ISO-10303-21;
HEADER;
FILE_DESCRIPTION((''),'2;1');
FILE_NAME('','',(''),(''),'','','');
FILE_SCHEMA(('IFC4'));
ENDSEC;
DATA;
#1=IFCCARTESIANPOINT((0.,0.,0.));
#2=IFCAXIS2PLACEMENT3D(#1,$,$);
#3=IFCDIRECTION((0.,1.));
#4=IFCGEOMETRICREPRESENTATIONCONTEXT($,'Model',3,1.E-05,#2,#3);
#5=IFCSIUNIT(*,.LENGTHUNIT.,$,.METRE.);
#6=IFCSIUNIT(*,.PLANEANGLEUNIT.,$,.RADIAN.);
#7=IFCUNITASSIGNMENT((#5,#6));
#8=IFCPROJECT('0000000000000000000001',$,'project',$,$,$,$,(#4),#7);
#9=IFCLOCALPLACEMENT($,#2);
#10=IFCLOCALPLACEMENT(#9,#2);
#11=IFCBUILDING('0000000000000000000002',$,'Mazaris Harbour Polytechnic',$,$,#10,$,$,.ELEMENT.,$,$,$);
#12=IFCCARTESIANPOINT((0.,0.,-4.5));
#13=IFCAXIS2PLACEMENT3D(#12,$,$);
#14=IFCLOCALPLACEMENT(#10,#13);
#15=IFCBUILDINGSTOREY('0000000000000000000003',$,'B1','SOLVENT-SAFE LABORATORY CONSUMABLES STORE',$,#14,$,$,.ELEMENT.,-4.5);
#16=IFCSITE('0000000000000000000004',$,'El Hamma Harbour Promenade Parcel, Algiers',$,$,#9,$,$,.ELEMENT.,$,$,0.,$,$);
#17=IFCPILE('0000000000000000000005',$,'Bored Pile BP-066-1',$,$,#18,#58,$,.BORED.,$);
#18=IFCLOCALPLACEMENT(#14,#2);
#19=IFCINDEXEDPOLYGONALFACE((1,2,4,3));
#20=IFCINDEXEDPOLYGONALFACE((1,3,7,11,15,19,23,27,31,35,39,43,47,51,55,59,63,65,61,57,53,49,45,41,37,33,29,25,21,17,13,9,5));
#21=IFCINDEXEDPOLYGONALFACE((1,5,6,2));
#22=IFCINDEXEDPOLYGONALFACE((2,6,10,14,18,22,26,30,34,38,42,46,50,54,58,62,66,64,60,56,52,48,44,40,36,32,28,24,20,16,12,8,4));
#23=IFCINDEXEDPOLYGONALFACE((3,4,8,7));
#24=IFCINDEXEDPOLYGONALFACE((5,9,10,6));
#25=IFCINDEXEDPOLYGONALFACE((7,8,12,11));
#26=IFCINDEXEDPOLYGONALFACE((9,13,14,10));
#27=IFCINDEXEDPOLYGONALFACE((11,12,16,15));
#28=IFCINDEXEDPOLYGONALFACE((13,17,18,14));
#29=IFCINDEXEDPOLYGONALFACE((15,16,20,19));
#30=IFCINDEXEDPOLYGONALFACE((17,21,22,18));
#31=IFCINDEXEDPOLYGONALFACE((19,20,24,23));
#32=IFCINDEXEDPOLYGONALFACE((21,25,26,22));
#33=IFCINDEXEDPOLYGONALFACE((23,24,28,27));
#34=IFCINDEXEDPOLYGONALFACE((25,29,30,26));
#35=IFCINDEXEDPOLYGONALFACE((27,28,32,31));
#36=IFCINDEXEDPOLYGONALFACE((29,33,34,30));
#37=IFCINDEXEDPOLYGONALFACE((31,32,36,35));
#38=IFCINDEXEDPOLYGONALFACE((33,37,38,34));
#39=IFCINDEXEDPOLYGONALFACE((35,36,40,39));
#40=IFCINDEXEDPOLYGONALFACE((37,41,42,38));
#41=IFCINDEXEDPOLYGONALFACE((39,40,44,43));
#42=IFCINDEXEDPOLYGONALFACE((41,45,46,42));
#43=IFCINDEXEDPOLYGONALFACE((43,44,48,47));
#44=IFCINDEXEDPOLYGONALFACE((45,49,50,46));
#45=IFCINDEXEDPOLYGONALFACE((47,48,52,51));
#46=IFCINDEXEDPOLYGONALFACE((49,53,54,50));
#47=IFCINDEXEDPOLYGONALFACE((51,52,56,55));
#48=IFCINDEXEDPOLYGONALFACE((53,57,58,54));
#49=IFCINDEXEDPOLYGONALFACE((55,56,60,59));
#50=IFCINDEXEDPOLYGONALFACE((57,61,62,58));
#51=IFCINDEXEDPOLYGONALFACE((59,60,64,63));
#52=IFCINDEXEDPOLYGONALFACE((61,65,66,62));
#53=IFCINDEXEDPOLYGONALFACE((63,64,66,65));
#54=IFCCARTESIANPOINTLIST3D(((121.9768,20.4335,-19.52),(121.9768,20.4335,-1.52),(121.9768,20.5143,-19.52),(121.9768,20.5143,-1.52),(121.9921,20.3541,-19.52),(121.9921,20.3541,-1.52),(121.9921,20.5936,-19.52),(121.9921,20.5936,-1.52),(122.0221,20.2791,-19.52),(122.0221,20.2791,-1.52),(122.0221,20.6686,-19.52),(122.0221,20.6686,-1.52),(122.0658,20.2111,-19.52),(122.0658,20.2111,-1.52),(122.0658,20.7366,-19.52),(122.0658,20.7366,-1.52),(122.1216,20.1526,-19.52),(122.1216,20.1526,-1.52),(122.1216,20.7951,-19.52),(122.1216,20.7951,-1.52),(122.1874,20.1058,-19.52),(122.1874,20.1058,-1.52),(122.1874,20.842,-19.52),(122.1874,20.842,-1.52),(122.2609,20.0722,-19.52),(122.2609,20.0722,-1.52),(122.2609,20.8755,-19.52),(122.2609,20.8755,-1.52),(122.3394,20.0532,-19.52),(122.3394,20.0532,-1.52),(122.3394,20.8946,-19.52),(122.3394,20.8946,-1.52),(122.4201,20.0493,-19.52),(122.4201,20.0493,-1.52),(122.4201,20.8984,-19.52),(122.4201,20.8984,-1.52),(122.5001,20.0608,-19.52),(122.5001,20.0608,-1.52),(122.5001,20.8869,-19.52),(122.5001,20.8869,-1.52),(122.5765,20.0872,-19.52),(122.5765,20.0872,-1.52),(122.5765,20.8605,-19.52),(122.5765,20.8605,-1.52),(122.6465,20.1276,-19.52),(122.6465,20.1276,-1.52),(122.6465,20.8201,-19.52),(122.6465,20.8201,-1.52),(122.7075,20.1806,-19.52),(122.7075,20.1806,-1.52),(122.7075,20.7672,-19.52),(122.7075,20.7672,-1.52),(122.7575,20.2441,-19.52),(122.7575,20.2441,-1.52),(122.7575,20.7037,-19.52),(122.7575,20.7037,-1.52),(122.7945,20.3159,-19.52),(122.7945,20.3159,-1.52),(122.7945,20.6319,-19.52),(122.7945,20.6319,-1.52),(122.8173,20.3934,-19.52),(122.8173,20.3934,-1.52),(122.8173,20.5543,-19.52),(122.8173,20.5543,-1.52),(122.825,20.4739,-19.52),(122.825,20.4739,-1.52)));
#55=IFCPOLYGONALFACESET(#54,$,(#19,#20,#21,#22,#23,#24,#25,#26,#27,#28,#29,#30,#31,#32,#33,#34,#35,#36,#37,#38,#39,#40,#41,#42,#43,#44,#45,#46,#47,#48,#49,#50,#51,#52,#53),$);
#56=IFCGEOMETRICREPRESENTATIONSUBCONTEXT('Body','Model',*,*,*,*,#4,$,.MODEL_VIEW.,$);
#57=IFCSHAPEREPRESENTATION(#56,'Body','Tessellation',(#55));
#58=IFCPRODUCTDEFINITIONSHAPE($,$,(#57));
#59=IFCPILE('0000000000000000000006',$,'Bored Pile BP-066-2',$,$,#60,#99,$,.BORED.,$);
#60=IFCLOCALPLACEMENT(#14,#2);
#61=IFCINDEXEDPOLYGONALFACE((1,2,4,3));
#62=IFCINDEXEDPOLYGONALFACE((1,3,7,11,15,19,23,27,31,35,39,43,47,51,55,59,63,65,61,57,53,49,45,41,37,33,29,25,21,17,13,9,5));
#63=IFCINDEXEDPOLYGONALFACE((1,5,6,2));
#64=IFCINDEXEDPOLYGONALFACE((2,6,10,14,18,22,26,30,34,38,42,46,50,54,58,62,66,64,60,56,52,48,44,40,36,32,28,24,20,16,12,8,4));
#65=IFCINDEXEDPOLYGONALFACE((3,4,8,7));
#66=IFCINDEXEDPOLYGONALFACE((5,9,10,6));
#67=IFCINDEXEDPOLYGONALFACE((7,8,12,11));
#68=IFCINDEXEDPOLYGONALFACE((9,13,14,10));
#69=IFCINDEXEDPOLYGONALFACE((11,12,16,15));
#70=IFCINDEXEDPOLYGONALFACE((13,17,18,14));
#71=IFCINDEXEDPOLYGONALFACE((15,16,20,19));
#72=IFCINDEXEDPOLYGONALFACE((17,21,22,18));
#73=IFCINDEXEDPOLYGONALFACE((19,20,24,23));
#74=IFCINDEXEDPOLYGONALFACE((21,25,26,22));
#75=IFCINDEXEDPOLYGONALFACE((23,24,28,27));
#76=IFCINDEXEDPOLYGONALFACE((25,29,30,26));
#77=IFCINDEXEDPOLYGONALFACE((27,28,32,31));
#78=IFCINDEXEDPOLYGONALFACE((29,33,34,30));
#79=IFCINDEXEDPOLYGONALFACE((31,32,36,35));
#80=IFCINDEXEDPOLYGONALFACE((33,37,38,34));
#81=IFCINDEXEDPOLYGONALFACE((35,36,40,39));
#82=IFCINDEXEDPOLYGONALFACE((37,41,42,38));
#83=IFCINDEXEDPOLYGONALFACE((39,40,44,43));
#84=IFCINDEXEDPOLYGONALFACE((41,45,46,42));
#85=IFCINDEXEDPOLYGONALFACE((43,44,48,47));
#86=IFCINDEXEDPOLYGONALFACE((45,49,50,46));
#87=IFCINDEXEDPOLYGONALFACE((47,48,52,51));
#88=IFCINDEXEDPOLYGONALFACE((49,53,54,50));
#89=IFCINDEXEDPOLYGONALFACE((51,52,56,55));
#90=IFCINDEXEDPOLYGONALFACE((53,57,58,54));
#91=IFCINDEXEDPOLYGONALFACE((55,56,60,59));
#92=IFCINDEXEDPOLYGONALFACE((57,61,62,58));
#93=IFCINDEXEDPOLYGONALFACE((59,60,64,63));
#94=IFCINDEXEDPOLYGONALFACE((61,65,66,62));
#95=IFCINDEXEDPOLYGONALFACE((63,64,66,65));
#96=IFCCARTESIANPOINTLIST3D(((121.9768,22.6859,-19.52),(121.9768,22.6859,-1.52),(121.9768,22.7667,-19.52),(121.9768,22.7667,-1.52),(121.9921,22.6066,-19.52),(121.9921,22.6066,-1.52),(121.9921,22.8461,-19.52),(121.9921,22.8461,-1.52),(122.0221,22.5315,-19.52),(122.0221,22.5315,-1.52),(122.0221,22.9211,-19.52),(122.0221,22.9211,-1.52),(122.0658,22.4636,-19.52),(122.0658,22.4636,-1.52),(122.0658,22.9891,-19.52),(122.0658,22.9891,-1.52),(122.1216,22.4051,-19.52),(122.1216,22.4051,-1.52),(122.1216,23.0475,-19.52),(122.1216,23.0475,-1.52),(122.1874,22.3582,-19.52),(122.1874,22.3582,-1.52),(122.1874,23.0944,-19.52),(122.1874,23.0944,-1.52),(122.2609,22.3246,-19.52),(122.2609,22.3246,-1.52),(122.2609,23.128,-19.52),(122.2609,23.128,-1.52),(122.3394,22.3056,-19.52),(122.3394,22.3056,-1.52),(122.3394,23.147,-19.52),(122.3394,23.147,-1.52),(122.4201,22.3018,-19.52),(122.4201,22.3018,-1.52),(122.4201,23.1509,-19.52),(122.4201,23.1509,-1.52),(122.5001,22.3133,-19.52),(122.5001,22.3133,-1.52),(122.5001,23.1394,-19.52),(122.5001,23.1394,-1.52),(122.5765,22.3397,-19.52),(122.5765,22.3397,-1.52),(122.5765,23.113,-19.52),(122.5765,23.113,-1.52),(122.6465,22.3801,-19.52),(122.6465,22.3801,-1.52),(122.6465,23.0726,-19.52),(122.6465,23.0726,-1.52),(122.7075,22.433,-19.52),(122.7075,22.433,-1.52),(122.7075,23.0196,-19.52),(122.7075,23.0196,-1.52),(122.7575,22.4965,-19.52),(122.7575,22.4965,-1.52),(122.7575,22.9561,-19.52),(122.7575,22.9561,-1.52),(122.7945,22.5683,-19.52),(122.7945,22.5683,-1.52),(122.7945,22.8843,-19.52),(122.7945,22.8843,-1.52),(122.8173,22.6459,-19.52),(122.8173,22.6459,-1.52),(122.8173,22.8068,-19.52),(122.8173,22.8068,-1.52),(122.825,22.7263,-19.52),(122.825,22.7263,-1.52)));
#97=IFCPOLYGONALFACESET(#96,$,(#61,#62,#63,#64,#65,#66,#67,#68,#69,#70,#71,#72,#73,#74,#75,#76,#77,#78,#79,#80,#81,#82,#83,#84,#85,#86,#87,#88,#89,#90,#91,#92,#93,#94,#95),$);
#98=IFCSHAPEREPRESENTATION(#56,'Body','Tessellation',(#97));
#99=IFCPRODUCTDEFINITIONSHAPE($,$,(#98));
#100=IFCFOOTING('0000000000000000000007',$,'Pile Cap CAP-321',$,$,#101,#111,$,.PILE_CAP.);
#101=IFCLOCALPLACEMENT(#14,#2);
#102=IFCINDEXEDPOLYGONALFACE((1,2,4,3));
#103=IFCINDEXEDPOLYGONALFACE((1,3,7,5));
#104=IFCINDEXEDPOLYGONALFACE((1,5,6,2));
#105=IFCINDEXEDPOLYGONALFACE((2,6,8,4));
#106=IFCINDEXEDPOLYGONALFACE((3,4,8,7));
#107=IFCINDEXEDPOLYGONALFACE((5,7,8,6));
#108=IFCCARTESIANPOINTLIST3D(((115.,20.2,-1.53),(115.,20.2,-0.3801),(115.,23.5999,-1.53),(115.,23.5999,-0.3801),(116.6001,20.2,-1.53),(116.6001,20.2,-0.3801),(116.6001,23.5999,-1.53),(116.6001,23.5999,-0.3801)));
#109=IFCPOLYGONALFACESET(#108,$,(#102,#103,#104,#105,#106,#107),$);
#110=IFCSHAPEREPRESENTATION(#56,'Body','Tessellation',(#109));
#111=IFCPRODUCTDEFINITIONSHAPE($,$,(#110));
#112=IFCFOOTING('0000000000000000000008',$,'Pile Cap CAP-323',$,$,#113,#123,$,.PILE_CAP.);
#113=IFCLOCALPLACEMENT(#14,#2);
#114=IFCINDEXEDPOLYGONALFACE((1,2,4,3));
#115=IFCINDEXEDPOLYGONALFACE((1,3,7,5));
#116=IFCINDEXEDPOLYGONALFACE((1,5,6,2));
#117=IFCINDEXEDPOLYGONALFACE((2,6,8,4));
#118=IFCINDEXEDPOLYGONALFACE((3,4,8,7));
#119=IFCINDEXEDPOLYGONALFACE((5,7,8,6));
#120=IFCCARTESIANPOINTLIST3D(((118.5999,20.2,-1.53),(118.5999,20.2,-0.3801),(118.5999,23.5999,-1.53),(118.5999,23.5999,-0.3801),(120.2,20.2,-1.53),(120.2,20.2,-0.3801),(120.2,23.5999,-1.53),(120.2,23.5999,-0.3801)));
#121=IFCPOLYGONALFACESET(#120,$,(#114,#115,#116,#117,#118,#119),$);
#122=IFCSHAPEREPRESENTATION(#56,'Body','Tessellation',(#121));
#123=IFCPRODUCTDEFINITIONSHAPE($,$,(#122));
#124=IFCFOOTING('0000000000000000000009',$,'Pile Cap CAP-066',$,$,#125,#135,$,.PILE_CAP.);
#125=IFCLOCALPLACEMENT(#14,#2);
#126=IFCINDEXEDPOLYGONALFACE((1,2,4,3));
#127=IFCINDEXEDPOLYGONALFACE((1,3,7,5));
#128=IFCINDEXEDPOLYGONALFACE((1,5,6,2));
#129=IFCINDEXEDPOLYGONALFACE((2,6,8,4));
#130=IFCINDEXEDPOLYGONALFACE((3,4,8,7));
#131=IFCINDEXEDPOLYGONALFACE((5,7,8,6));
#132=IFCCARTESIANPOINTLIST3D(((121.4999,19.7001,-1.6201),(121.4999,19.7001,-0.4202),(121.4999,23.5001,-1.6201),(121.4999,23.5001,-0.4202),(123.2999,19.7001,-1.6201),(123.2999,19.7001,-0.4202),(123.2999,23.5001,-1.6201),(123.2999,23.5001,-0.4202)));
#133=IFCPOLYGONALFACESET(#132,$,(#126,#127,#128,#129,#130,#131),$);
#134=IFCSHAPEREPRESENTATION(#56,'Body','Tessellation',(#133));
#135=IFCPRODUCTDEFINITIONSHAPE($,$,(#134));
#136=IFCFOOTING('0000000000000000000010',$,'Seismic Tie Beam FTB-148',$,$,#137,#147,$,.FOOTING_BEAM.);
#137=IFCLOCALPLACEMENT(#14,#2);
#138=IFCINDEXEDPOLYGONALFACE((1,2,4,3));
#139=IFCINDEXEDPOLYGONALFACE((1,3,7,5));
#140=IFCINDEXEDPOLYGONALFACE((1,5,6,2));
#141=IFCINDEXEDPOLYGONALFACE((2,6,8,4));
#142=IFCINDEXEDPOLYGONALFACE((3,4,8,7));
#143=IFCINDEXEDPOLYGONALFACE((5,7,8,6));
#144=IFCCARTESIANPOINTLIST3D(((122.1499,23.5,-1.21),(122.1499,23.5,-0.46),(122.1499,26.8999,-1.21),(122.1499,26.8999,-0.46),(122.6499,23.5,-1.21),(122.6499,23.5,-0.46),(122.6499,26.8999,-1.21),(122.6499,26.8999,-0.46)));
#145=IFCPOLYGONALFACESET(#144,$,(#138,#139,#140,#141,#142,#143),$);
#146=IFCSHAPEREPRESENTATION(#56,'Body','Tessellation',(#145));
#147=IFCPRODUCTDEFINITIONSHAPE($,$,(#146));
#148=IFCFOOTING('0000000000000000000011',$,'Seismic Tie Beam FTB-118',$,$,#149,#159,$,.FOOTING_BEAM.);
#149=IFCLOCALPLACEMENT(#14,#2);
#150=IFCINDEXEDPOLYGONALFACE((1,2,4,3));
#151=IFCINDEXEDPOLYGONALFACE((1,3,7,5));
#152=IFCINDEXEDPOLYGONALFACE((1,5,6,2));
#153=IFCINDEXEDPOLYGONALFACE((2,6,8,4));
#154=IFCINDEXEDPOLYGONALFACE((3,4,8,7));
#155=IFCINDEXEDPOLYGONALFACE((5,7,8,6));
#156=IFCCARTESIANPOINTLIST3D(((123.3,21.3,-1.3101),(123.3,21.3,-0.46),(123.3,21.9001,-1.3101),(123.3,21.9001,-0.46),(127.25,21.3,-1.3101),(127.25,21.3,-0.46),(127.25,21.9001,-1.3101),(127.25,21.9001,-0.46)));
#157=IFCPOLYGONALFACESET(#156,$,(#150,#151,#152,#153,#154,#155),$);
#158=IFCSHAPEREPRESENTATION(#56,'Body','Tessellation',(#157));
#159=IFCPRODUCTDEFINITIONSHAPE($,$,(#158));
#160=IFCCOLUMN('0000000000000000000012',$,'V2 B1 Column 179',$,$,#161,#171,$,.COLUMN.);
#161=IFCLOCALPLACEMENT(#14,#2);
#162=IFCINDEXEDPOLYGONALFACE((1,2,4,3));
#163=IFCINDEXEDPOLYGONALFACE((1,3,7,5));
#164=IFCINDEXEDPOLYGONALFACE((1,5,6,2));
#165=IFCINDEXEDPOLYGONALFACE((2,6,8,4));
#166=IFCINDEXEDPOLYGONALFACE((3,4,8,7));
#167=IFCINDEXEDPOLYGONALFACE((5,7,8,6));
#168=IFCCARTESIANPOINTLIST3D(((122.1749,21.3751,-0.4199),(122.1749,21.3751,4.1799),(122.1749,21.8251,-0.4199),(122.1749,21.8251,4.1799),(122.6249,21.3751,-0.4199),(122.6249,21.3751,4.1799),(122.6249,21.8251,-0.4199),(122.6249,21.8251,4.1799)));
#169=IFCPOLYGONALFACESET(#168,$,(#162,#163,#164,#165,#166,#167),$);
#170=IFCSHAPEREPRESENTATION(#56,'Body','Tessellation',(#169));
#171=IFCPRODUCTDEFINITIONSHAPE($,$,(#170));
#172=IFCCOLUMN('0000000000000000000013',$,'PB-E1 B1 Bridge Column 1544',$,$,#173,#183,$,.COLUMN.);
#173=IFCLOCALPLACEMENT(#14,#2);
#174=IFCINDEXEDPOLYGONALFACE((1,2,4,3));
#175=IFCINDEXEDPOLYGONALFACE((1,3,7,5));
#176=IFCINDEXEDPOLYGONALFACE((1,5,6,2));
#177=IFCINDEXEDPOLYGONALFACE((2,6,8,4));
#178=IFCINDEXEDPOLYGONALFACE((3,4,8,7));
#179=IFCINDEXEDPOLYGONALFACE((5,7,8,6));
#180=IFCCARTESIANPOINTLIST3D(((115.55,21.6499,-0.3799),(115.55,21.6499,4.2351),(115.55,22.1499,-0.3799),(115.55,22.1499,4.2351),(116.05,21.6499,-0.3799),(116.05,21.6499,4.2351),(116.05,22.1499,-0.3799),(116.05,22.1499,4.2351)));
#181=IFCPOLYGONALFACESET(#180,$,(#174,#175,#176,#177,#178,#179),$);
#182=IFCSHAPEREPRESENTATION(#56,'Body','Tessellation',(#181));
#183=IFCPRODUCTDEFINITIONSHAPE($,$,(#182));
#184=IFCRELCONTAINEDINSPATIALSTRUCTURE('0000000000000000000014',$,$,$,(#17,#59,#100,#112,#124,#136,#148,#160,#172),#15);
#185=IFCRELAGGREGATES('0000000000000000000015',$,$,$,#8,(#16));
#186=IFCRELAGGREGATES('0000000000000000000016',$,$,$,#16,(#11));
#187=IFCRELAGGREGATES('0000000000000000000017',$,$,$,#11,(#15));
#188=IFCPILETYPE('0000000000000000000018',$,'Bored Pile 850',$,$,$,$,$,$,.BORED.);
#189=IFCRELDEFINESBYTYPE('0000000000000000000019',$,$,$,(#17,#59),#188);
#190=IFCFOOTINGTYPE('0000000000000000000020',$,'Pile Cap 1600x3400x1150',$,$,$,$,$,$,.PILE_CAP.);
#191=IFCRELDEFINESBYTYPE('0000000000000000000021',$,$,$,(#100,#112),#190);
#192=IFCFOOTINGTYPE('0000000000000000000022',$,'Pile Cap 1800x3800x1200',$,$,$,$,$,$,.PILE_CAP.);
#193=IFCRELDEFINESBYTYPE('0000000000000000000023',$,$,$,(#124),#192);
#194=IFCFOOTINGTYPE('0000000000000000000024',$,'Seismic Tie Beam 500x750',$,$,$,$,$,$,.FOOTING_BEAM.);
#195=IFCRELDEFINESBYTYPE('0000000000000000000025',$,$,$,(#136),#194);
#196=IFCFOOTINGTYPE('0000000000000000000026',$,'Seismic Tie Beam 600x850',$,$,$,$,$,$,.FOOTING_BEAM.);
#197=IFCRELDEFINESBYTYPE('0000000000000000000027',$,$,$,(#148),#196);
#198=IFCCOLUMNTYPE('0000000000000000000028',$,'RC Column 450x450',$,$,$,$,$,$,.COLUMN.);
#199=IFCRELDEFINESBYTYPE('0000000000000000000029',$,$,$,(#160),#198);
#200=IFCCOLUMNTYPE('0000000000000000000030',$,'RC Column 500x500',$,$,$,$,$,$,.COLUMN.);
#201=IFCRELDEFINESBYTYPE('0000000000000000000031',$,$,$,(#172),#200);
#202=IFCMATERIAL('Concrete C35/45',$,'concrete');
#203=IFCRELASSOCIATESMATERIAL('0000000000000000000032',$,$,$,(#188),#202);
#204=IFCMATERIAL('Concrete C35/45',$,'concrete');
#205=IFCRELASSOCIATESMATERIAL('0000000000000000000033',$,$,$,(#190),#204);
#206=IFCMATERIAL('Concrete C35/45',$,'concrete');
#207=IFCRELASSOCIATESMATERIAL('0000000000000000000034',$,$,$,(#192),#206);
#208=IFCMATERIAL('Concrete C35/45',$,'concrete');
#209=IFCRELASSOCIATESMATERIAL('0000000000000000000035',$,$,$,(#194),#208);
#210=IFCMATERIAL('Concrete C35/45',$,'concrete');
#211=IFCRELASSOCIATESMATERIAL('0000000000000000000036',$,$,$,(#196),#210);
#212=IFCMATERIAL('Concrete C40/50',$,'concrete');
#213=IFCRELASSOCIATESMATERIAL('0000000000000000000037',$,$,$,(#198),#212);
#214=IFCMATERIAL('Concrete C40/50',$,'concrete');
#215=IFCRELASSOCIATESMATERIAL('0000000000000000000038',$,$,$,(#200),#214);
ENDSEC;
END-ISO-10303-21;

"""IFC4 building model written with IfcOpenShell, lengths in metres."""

from ifc_helpers import new_model, si_unit, direction, frame, origin, origin_2d, place, context, subcontext, project, spatial, rectangle, circle, extrude, material, material_profile, profile_set, type_object, element, save


model = new_model("IFC4")

# Units and contexts
model_context = context("Model", 3, precision=1e-05, world=origin(), true_north=direction((0.0, 1.0)))
body_context = subcontext(model_context, "Body", "Model", "MODEL_VIEW")
ifc_project = project(units=[si_unit("LENGTHUNIT", "METRE"), si_unit("PLANEANGLEUNIT", "RADIAN")], contexts=[model_context])

# Site, building, storey
site_placement = place(None, origin())
site = spatial("IfcSite", under=ifc_project, at=site_placement, Name="El Hamma Harbour Promenade Parcel, Algiers", CompositionType="ELEMENT", RefElevation=0.0)
building_placement = place(site_placement, origin())
building = spatial("IfcBuilding", under=site, at=building_placement, Name="Mazaris Harbour Polytechnic", CompositionType="ELEMENT")
storey_placement = place(building_placement, frame((0.0, 0.0, -4.5)))
storey = spatial("IfcBuildingStorey", under=building, at=storey_placement, Name="B1", Description="SOLVENT-SAFE LABORATORY CONSUMABLES STORE", CompositionType="ELEMENT", Elevation=-4.5)

# Piles
ifc_material_1 = material(Name="Concrete C35/45", Category="concrete")
ifc_material_profile_1 = material_profile(ifc_material_1, circle(Radius=0.425, at=origin_2d()), Name="DIA850")
ifc_profile_set_1 = profile_set([ifc_material_profile_1], Name="Concrete C35/45")
pile_type_1 = type_object("IfcPileType", Name="Bored Pile 850", PredefinedType="BORED", material=ifc_profile_set_1)
for number, where, z_axis, x_axis, name in (
    (1, (122.3999, 20.4739, -1.52), (0.0, 0.0, -1.0), (1.0, 0.0, 0.0), "Bored Pile BP-066-1"),
    (2, (122.3999, 22.7263, -1.52), (0.0, 0.0, -1.0), (1.0, 0.0, 0.0), "Bored Pile BP-066-2"),
):
    element("IfcPile", number, at=place(storey_placement, frame(where, z_axis=z_axis, x_axis=x_axis)), inside=storey, type_object=pile_type_1, Name=name, PredefinedType="BORED", context=body_context, shape_type="SweptSolid", body=[
        extrude(circle(Radius=0.425, at=origin_2d()), origin(), (0.0, 0.0, 1.0), 18.0),
    ])

# Footings
ifc_material_2 = material(Name="Concrete C35/45", Category="concrete")
footing_type_1 = type_object("IfcFootingType", Name="Pile Cap 1600x3400x1150", PredefinedType="PILE_CAP", material=ifc_material_2)
for number, where, z_axis, x_axis, name in (
    (3, (115.8, 21.8999, -1.53), (0.0, 0.0, 1.0), (1.0, 0.0, 0.0), "Pile Cap CAP-321"),
    (4, (119.3999, 21.8999, -1.53), (0.0, 0.0, 1.0), (1.0, 0.0, 0.0), "Pile Cap CAP-323"),
):
    element("IfcFooting", number, at=place(storey_placement, frame(where, z_axis=z_axis, x_axis=x_axis)), inside=storey, type_object=footing_type_1, Name=name, PredefinedType="PILE_CAP", context=body_context, shape_type="SweptSolid", body=[
        extrude(rectangle(XDim=1.6001, YDim=3.3999, at=origin_2d()), origin(), (0.0, 0.0, 1.0), 1.1499),
    ])
ifc_material_3 = material(Name="Concrete C35/45", Category="concrete")
footing_type_2 = type_object("IfcFootingType", Name="Pile Cap 1800x3800x1200", PredefinedType="PILE_CAP", material=ifc_material_3)
footing_1_placement = place(storey_placement, frame((122.3999, 21.6001, -1.6201), z_axis=(0.0, 0.0, 1.0), x_axis=(1.0, 0.0, 0.0)))
element("IfcFooting", 5, at=footing_1_placement, inside=storey, type_object=footing_type_2, Name="Pile Cap CAP-066", PredefinedType="PILE_CAP", context=body_context, shape_type="SweptSolid", body=[
    extrude(rectangle(XDim=1.8, YDim=3.8, at=origin_2d()), origin(), (0.0, 0.0, 1.0), 1.2),
])
ifc_material_4 = material(Name="Concrete C35/45", Category="concrete")
ifc_material_profile_2 = material_profile(ifc_material_4, rectangle(XDim=0.5, YDim=0.75, at=origin_2d()), Name="RECT500x750")
ifc_profile_set_2 = profile_set([ifc_material_profile_2], Name="Concrete C35/45")
footing_type_3 = type_object("IfcFootingType", Name="Seismic Tie Beam 500x750", PredefinedType="FOOTING_BEAM", material=ifc_profile_set_2)
footing_2_placement = place(storey_placement, frame((122.3999, 23.5, -0.835), z_axis=(0.0, 1.0, 0.0), x_axis=(-1.0, 0.0, 0.0)))
element("IfcFooting", 6, at=footing_2_placement, inside=storey, type_object=footing_type_3, Name="Seismic Tie Beam FTB-148", PredefinedType="FOOTING_BEAM", context=body_context, shape_type="SweptSolid", body=[
    extrude(rectangle(XDim=0.5, YDim=0.75, at=origin_2d()), origin(), (0.0, 0.0, 1.0), 3.3999),
])
ifc_material_5 = material(Name="Concrete C35/45", Category="concrete")
ifc_material_profile_3 = material_profile(ifc_material_5, rectangle(XDim=0.6001, YDim=0.8501, at=origin_2d()), Name="RECT600x850")
ifc_profile_set_3 = profile_set([ifc_material_profile_3], Name="Concrete C35/45")
footing_type_4 = type_object("IfcFootingType", Name="Seismic Tie Beam 600x850", PredefinedType="FOOTING_BEAM", material=ifc_profile_set_3)
footing_3_placement = place(storey_placement, frame((123.3, 21.6001, -0.885), z_axis=(1.0, 0.0, 0.0), x_axis=(0.0, 1.0, 0.0)))
element("IfcFooting", 7, at=footing_3_placement, inside=storey, type_object=footing_type_4, Name="Seismic Tie Beam FTB-118", PredefinedType="FOOTING_BEAM", context=body_context, shape_type="SweptSolid", body=[
    extrude(rectangle(XDim=0.6001, YDim=0.8501, at=origin_2d()), origin(), (0.0, 0.0, 1.0), 3.95),
])

# Columns
ifc_material_6 = material(Name="Concrete C40/50", Category="concrete")
ifc_material_profile_4 = material_profile(ifc_material_6, rectangle(XDim=0.45, YDim=0.45, at=origin_2d()), Name="RECT450x450")
ifc_profile_set_4 = profile_set([ifc_material_profile_4], Name="Concrete C40/50")
column_type_1 = type_object("IfcColumnType", Name="RC Column 450x450", PredefinedType="COLUMN", material=ifc_profile_set_4)
column_placement = place(storey_placement, frame((122.3999, 21.6001, -0.4199), z_axis=(0.0, 0.0, 1.0), x_axis=(1.0, 0.0, 0.0)))
element("IfcColumn", 8, at=column_placement, inside=storey, type_object=column_type_1, Name="V2 B1 Column 179", PredefinedType="COLUMN", context=body_context, shape_type="SweptSolid", body=[
    extrude(rectangle(XDim=0.45, YDim=0.45, at=origin_2d()), origin(), (0.0, 0.0, 1.0), 4.5999),
])
ifc_material_7 = material(Name="Concrete C40/50", Category="concrete")
ifc_material_profile_5 = material_profile(ifc_material_7, rectangle(XDim=0.5, YDim=0.5, at=origin_2d()), Name="RECT500x500")
ifc_profile_set_5 = profile_set([ifc_material_profile_5], Name="Concrete C40/50")
column_type_2 = type_object("IfcColumnType", Name="RC Column 500x500", PredefinedType="COLUMN", material=ifc_profile_set_5)
for number, where, z_axis, x_axis, name in (
    (9, (115.8, 21.8999, -0.3799), (0.0, 0.0, 1.0), (1.0, 0.0, 0.0), "PB-E1 B1 Bridge Column 1544"),
):
    element("IfcColumn", number, at=place(storey_placement, frame(where, z_axis=z_axis, x_axis=x_axis)), inside=storey, type_object=column_type_2, Name=name, PredefinedType="COLUMN", context=body_context, shape_type="SweptSolid", body=[
        extrude(rectangle(XDim=0.5, YDim=0.5, at=origin_2d()), origin(), (0.0, 0.0, 1.0), 4.615),
    ])

save(model, "model.ifc")
